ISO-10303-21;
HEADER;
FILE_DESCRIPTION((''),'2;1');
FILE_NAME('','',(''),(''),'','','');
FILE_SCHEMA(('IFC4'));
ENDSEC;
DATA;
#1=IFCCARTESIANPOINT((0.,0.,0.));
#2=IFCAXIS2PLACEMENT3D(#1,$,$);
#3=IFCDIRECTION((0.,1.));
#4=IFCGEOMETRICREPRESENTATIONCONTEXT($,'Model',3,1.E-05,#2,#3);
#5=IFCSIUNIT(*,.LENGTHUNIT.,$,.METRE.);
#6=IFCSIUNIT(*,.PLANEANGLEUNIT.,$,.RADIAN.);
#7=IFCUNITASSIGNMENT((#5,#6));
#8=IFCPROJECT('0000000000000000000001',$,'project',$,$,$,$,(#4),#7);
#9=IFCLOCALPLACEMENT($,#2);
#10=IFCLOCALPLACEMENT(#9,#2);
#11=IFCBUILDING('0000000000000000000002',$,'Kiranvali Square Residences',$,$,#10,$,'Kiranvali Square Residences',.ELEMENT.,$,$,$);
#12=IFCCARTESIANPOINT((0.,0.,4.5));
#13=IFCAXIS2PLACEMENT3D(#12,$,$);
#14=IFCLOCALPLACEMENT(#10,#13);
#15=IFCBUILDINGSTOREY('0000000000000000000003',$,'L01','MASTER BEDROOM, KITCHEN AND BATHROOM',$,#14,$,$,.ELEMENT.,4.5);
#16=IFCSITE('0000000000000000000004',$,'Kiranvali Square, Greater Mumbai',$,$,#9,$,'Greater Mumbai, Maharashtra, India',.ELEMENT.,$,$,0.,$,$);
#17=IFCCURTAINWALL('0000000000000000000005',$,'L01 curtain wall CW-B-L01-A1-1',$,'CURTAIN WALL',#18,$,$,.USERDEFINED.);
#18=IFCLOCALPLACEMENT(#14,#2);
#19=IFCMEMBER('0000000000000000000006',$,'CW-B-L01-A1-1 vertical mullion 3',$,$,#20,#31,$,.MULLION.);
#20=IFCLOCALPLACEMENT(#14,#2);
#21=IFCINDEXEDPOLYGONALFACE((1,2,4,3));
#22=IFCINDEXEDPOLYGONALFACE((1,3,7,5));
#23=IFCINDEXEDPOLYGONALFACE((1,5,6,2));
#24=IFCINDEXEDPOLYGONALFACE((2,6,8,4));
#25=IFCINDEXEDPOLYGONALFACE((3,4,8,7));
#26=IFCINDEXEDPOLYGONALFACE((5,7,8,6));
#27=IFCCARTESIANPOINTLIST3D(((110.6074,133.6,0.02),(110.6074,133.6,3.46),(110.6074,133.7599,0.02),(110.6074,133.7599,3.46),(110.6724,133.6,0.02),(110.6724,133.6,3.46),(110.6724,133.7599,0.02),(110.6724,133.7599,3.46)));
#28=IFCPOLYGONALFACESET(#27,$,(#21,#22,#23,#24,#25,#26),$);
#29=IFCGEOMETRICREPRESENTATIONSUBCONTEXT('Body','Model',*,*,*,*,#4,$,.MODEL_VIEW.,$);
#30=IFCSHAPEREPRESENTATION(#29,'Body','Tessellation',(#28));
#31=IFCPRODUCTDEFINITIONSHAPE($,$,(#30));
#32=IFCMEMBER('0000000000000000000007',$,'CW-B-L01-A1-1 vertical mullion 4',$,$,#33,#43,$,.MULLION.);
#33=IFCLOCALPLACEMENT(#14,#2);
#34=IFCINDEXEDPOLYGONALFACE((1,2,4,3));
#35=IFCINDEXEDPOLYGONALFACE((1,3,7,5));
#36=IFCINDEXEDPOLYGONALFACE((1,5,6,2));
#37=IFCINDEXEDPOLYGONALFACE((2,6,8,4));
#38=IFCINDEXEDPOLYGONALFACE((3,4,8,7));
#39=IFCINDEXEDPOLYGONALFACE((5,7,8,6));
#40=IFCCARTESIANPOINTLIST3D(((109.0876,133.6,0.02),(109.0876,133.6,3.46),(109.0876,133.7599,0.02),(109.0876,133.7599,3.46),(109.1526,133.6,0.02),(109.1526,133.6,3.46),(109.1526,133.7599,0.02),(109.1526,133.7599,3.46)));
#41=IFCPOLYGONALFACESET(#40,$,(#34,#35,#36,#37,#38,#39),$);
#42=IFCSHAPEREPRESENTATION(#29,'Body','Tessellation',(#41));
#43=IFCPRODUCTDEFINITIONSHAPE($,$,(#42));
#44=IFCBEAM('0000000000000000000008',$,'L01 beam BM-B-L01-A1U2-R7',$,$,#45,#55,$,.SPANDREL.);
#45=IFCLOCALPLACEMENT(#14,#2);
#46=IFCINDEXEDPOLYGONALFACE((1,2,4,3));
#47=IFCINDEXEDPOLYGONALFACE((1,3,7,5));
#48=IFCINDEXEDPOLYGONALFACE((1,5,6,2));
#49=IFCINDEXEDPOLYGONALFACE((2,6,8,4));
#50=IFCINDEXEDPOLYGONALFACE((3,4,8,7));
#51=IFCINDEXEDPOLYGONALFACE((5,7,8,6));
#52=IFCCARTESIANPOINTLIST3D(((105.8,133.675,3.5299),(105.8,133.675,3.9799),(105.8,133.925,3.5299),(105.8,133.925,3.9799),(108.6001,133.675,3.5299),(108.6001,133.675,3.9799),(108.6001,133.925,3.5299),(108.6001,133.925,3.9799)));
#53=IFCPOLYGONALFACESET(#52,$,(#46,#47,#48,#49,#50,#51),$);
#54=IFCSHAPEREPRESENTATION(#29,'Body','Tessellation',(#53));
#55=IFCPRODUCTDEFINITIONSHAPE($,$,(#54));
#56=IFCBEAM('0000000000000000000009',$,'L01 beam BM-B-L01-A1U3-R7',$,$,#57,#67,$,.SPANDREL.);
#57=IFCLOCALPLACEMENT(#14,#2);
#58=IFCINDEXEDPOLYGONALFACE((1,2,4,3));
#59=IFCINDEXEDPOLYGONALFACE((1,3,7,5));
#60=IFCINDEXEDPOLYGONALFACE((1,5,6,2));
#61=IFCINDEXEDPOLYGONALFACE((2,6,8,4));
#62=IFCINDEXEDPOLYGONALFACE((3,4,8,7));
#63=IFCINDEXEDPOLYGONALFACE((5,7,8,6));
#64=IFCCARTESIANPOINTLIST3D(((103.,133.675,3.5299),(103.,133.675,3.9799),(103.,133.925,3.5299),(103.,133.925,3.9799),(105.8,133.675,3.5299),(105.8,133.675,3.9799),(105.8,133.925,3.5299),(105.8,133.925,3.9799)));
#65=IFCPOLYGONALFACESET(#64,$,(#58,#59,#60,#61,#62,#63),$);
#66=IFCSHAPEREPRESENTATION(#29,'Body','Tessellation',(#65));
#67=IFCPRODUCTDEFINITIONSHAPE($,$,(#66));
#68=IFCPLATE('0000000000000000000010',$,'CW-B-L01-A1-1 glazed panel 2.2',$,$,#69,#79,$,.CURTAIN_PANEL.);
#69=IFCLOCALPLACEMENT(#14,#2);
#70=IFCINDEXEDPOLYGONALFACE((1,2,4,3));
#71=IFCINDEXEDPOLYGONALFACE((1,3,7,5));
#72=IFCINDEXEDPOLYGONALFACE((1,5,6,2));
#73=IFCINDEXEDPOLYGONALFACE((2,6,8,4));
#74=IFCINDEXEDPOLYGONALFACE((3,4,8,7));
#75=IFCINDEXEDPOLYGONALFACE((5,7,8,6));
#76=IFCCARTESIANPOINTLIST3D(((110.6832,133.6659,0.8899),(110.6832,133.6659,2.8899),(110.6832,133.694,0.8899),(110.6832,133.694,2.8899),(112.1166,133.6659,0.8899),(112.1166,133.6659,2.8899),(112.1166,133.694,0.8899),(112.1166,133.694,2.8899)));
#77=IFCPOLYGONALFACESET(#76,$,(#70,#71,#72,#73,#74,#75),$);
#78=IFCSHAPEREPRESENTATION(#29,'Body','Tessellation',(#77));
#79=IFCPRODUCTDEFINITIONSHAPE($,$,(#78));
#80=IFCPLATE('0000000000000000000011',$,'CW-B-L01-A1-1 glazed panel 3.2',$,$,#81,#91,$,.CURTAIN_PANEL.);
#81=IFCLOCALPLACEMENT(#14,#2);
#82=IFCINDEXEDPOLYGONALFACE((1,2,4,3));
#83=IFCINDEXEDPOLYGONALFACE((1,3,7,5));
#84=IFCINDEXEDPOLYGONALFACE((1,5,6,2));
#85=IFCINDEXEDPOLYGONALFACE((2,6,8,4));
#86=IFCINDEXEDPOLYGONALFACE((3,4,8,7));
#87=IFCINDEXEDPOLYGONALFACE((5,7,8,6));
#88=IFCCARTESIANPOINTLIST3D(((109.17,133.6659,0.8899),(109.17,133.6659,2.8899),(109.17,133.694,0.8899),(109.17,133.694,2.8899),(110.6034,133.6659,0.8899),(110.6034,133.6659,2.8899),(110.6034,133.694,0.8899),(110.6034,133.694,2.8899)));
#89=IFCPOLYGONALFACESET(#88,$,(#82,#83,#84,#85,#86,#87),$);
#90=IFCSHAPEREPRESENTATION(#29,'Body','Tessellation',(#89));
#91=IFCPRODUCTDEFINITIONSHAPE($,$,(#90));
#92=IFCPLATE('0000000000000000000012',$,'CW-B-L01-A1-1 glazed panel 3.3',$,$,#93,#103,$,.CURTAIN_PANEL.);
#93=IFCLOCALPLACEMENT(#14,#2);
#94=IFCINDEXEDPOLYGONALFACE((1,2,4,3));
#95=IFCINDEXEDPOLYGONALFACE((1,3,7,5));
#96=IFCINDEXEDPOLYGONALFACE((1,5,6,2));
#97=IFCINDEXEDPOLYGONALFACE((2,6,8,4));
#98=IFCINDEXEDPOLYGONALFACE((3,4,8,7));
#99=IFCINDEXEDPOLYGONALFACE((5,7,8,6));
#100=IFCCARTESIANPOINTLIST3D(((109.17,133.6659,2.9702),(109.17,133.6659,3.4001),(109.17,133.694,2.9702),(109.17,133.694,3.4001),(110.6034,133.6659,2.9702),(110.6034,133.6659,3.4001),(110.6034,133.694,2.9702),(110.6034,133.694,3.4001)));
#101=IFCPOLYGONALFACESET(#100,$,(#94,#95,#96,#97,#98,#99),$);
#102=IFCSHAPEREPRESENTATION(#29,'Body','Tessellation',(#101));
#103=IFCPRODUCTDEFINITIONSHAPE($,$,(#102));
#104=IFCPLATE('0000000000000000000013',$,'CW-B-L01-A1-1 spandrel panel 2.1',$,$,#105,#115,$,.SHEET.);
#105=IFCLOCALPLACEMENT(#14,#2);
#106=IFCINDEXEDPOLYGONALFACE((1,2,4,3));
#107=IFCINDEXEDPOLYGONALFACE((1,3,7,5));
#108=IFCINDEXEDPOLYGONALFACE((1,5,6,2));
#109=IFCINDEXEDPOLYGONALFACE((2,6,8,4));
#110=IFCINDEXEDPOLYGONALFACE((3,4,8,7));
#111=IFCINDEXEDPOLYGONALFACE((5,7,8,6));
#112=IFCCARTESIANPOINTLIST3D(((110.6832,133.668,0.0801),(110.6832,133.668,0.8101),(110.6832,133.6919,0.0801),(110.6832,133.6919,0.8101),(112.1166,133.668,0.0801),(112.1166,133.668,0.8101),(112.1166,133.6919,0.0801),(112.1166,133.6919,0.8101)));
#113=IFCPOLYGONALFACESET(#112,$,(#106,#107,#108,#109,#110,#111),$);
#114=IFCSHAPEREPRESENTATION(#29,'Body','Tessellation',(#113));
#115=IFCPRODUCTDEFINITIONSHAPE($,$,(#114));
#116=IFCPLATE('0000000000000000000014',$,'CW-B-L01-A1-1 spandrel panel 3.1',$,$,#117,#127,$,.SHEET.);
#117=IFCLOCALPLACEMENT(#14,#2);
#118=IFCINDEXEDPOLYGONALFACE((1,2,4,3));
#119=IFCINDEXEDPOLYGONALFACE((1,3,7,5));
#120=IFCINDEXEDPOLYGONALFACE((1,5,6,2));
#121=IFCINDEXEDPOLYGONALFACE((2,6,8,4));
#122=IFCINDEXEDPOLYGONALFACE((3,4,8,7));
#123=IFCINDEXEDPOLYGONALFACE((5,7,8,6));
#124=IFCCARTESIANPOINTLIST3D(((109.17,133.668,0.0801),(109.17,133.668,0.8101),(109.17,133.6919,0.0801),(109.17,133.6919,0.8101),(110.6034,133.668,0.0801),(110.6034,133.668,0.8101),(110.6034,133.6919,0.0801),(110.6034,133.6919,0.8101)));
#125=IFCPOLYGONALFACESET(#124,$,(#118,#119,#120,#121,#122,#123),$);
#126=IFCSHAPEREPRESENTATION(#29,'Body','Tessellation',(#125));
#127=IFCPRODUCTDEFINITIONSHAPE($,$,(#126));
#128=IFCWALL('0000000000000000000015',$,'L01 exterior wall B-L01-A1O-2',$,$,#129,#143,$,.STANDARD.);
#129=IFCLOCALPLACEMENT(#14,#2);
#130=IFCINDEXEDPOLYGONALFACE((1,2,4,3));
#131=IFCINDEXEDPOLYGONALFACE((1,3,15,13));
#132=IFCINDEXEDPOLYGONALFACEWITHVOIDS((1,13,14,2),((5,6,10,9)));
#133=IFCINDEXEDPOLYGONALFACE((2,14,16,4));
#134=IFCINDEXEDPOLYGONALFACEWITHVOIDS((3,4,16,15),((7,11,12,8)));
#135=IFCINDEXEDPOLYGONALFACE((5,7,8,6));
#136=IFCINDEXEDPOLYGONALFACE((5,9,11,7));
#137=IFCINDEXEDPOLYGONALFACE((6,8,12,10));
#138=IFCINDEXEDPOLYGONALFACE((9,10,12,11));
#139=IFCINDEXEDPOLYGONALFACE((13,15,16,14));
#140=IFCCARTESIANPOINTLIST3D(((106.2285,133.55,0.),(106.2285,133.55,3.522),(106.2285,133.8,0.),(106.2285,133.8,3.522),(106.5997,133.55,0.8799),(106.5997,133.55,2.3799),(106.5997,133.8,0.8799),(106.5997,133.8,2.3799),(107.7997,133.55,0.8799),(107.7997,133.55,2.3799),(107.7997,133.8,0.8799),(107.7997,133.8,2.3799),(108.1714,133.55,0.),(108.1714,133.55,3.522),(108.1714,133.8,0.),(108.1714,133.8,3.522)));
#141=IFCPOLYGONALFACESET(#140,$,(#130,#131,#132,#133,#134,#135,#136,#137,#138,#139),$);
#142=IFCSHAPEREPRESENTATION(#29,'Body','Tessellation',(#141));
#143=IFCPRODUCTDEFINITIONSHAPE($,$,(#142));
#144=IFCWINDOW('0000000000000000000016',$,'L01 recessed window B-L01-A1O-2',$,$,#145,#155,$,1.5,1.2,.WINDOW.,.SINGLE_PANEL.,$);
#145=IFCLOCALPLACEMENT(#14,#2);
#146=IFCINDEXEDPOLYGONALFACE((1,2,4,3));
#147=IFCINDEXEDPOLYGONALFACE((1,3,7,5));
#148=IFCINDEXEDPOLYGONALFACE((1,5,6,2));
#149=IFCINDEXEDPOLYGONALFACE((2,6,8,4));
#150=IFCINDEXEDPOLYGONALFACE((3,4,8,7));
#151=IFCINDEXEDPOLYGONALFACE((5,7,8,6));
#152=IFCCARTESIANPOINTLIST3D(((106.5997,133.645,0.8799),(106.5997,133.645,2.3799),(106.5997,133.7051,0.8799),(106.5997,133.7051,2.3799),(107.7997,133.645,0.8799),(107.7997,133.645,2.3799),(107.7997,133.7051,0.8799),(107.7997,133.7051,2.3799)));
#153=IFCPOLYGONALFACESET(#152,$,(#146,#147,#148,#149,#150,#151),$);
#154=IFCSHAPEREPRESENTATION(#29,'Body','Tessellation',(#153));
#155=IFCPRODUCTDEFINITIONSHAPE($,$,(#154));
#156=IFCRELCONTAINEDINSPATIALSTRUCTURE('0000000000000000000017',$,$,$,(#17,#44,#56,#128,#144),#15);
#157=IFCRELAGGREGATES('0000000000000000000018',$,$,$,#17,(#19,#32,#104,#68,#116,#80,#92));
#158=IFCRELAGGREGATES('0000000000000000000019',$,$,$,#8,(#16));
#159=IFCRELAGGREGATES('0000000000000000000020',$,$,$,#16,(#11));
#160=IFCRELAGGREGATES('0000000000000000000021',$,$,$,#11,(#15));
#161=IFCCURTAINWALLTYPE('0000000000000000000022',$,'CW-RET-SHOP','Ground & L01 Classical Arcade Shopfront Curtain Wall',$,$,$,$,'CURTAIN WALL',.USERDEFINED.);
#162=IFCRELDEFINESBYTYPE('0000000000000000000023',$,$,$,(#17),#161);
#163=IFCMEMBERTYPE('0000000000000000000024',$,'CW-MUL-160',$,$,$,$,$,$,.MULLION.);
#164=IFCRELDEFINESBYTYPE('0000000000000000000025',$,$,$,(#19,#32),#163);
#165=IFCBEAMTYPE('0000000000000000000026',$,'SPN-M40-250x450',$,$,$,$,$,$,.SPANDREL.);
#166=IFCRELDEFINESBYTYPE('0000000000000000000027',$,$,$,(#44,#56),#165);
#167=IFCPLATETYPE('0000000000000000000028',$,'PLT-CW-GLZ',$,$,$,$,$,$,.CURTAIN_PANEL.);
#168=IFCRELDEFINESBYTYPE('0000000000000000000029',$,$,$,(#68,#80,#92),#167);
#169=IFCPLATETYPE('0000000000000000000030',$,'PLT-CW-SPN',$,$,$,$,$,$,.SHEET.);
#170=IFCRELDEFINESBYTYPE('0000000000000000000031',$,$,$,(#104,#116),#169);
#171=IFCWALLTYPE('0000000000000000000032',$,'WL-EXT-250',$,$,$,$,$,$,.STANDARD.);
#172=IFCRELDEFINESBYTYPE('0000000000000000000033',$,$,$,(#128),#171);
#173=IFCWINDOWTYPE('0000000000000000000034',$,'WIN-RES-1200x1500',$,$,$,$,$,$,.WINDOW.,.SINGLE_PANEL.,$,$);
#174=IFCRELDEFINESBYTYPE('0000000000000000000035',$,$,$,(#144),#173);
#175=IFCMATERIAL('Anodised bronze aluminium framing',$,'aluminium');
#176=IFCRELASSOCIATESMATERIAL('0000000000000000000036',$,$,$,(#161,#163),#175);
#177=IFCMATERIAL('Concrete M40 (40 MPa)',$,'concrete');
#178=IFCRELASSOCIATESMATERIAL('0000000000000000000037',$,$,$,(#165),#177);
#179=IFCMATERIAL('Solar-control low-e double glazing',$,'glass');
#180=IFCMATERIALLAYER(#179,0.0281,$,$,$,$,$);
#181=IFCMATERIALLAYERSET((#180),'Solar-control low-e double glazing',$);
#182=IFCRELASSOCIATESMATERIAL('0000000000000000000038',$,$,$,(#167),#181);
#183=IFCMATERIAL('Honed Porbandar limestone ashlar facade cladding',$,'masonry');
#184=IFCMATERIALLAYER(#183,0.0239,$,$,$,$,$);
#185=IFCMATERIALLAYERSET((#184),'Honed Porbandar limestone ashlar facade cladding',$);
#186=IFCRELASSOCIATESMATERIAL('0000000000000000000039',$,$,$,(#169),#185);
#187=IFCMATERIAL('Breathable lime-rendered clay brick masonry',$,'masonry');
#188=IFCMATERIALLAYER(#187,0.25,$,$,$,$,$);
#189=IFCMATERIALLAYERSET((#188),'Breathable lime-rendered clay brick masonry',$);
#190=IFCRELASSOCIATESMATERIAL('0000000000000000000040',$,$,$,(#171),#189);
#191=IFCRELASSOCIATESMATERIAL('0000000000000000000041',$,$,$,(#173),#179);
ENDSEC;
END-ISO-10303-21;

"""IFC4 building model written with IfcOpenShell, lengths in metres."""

from ifc_helpers import new_model, si_unit, direction, frame, frame_2d, origin, origin_2d, place, context, subcontext, project, spatial, rectangle, extrude, material, layer, layer_set, material_profile, profile_set, type_object, element, fill, aggregate, save


model = new_model("IFC4")

# Units and contexts
model_context = context("Model", 3, precision=1e-05, world=origin(), true_north=direction((0.0, 1.0)))
body_context = subcontext(model_context, "Body", "Model", "MODEL_VIEW")
ifc_project = project(units=[si_unit("LENGTHUNIT", "METRE"), si_unit("PLANEANGLEUNIT", "RADIAN")], contexts=[model_context])

# Site, building, storey
site_placement = place(None, origin())
site = spatial("IfcSite", under=ifc_project, at=site_placement, Name="Kiranvali Square, Greater Mumbai", LongName="Greater Mumbai, Maharashtra, India", CompositionType="ELEMENT", RefElevation=0.0)
building_placement = place(site_placement, origin())
building = spatial("IfcBuilding", under=site, at=building_placement, Name="Kiranvali Square Residences", LongName="Kiranvali Square Residences", CompositionType="ELEMENT")
storey_placement = place(building_placement, frame((0.0, 0.0, 4.5)))
storey = spatial("IfcBuildingStorey", under=building, at=storey_placement, Name="L01", Description="MASTER BEDROOM, KITCHEN AND BATHROOM", CompositionType="ELEMENT", Elevation=4.5)

# Shared definitions
ifc_material_1 = material(Name="Concrete M40 (40 MPa)", Category="concrete")

# Curtain wall, members
ifc_material_2 = material(Name="Anodised bronze aluminium framing", Category="aluminium")
curtain_wall_type = type_object("IfcCurtainWallType", Name="CW-RET-SHOP", Description="Ground & L01 Classical Arcade Shopfront Curtain Wall", ElementType="CURTAIN WALL", PredefinedType="USERDEFINED", material=ifc_material_2)
curtain_wall_placement = place(storey_placement, origin())
curtain_wall = element("IfcCurtainWall", 1, at=curtain_wall_placement, inside=storey, type_object=curtain_wall_type, Name="L01 curtain wall CW-B-L01-A1-1", ObjectType="CURTAIN WALL", PredefinedType="USERDEFINED")
ifc_material_profile_1 = material_profile(ifc_material_2, rectangle(XDim=0.0649, YDim=0.1599, at=origin_2d()), Name="ALU 65x160")
ifc_profile_set_1 = profile_set([ifc_material_profile_1], Name="Anodised bronze aluminium framing")
member_type = type_object("IfcMemberType", Name="CW-MUL-160", PredefinedType="MULLION", material=ifc_profile_set_1)
member_1_placement = place(storey_placement, frame((110.6399, 133.6799, 0.02), z_axis=(0.0, 0.0, 1.0), x_axis=(-1.0, 0.0, 0.0)))
member_1 = element("IfcMember", 2, at=member_1_placement, type_object=member_type, Name="CW-B-L01-A1-1 vertical mullion 3", PredefinedType="MULLION", context=body_context, shape_type="SweptSolid", body=[
    extrude(rectangle(XDim=0.0649, YDim=0.1599, at=origin_2d()), origin(), (0.0, 0.0, 1.0), 3.4399),
])
member_2_placement = place(storey_placement, frame((109.1201, 133.6799, 0.02), z_axis=(0.0, 0.0, 1.0), x_axis=(-1.0, 0.0, 0.0)))
member_2 = element("IfcMember", 3, at=member_2_placement, type_object=member_type, Name="CW-B-L01-A1-1 vertical mullion 4", PredefinedType="MULLION", context=body_context, shape_type="SweptSolid", body=[
    extrude(rectangle(XDim=0.0649, YDim=0.1599, at=origin_2d()), origin(), (0.0, 0.0, 1.0), 3.4399),
])

# Beams
ifc_material_profile_2 = material_profile(ifc_material_1, rectangle(XDim=0.25, YDim=0.45, at=origin_2d()), Name="RC 250x450")
ifc_profile_set_2 = profile_set([ifc_material_profile_2], Name="Concrete M40 (40 MPa)")
beam_type_1 = type_object("IfcBeamType", Name="SPN-M40-250x450", PredefinedType="SPANDREL", material=ifc_profile_set_2)
for number, where, z_axis, x_axis, name in (
    (4, (108.6001, 133.8, 3.7549), (-1.0, 0.0, 0.0), (0.0, -1.0, 0.0), "L01 beam BM-B-L01-A1U2-R7"),
    (5, (105.8, 133.8, 3.7549), (-1.0, 0.0, 0.0), (0.0, -1.0, 0.0), "L01 beam BM-B-L01-A1U3-R7"),
):
    element("IfcBeam", number, at=place(storey_placement, frame(where, z_axis=z_axis, x_axis=x_axis)), inside=storey, type_object=beam_type_1, Name=name, PredefinedType="SPANDREL", context=body_context, shape_type="SweptSolid", body=[
        extrude(rectangle(XDim=0.25, YDim=0.45, at=origin_2d()), origin(), (0.0, 0.0, 1.0), 2.8),
    ])

# Plates
ifc_material_3 = material(Name="Solar-control low-e double glazing", Category="glass")
ifc_layer_1 = layer(ifc_material_3, 0.0281)
ifc_layer_set_1 = layer_set([ifc_layer_1], Name="Solar-control low-e double glazing")
plate_type_1 = type_object("IfcPlateType", Name="PLT-CW-GLZ", PredefinedType="CURTAIN_PANEL", material=ifc_layer_set_1)
plate_1_placement = place(storey_placement, frame((111.3999, 133.6799, 0.8899), z_axis=(0.0, 0.0, 1.0), x_axis=(-1.0, 0.0, 0.0)))
plate_1 = element("IfcPlate", 6, at=plate_1_placement, type_object=plate_type_1, Name="CW-B-L01-A1-1 glazed panel 2.2", PredefinedType="CURTAIN_PANEL", context=body_context, shape_type="SweptSolid", body=[
    extrude(rectangle(XDim=1.4333, YDim=0.0281, at=origin_2d()), origin(), (0.0, 0.0, 1.0), 2.0),
])
plate_2_placement = place(storey_placement, frame((109.8867, 133.6799, 0.8899), z_axis=(0.0, 0.0, 1.0), x_axis=(-1.0, 0.0, 0.0)))
plate_2 = element("IfcPlate", 7, at=plate_2_placement, type_object=plate_type_1, Name="CW-B-L01-A1-1 glazed panel 3.2", PredefinedType="CURTAIN_PANEL", context=body_context, shape_type="SweptSolid", body=[
    extrude(rectangle(XDim=1.4333, YDim=0.0281, at=origin_2d()), origin(), (0.0, 0.0, 1.0), 2.0),
])
plate_3_placement = place(storey_placement, frame((109.8867, 133.6799, 2.9702), z_axis=(0.0, 0.0, 1.0), x_axis=(-1.0, 0.0, 0.0)))
plate_3 = element("IfcPlate", 8, at=plate_3_placement, type_object=plate_type_1, Name="CW-B-L01-A1-1 glazed panel 3.3", PredefinedType="CURTAIN_PANEL", context=body_context, shape_type="SweptSolid", body=[
    extrude(rectangle(XDim=1.4333, YDim=0.0281, at=origin_2d()), origin(), (0.0, 0.0, 1.0), 0.4299),
])
ifc_material_4 = material(Name="Honed Porbandar limestone ashlar facade cladding", Category="masonry")
ifc_layer_2 = layer(ifc_material_4, 0.0239)
ifc_layer_set_2 = layer_set([ifc_layer_2], Name="Honed Porbandar limestone ashlar facade cladding")
plate_type_2 = type_object("IfcPlateType", Name="PLT-CW-SPN", PredefinedType="SHEET", material=ifc_layer_set_2)
plate_4_placement = place(storey_placement, frame((111.3999, 133.6799, 0.0801), z_axis=(0.0, 0.0, 1.0), x_axis=(-1.0, 0.0, 0.0)))
plate_4 = element("IfcPlate", 9, at=plate_4_placement, type_object=plate_type_2, Name="CW-B-L01-A1-1 spandrel panel 2.1", PredefinedType="SHEET", context=body_context, shape_type="SweptSolid", body=[
    extrude(rectangle(XDim=1.4333, YDim=0.0239, at=origin_2d()), origin(), (0.0, 0.0, 1.0), 0.73),
])
plate_5_placement = place(storey_placement, frame((109.8867, 133.6799, 0.0801), z_axis=(0.0, 0.0, 1.0), x_axis=(-1.0, 0.0, 0.0)))
plate_5 = element("IfcPlate", 10, at=plate_5_placement, type_object=plate_type_2, Name="CW-B-L01-A1-1 spandrel panel 3.1", PredefinedType="SHEET", context=body_context, shape_type="SweptSolid", body=[
    extrude(rectangle(XDim=1.4333, YDim=0.0239, at=origin_2d()), origin(), (0.0, 0.0, 1.0), 0.73),
])
aggregate(curtain_wall, [member_1, member_2, plate_4, plate_1, plate_5, plate_2, plate_3])

# Wall, opening, window
ifc_material_5 = material(Name="Breathable lime-rendered clay brick masonry", Category="masonry")
ifc_layer_3 = layer(ifc_material_5, 0.25)
ifc_layer_set_3 = layer_set([ifc_layer_3], Name="Breathable lime-rendered clay brick masonry")
wall_type_1 = type_object("IfcWallType", Name="WL-EXT-250", PredefinedType="STANDARD", material=ifc_layer_set_3)
wall_1_placement = place(storey_placement, frame((108.1714, 133.675, 0.0), z_axis=(0.0, 0.0, 1.0), x_axis=(-1.0, 0.0, 0.0)))
wall_1 = element("IfcWall", 11, at=wall_1_placement, inside=storey, type_object=wall_type_1, Name="L01 exterior wall B-L01-A1O-2", PredefinedType="STANDARD", context=body_context, shape_type="SweptSolid", body=[
    extrude(rectangle(XDim=1.9429, YDim=0.25, at=frame_2d((0.9714, 0.0))), origin(), (0.0, 0.0, 1.0), 3.522),
])
opening_1_placement = place(wall_1_placement, frame((0.3716, 0.0, 0.8799)))
opening_1 = element("IfcOpeningElement", 12, at=opening_1_placement, cuts=wall_1, PredefinedType="OPENING", context=body_context, shape_type="SweptSolid", body=[
    extrude(rectangle(XDim=1.2, YDim=1.5, at=frame_2d((0.6001, 0.75))), frame((0.0, 0.135, 0.0), z_axis=(0.0, -1.0, 0.0), x_axis=(1.0, 0.0, 0.0)), (0.0, 0.0, 1.0), 0.27),
])
window_type = type_object("IfcWindowType", Name="WIN-RES-1200x1500", PartitioningType="SINGLE_PANEL", PredefinedType="WINDOW", material=ifc_material_3)
window_placement = place(opening_1_placement, origin())
window = element("IfcWindow", 13, at=window_placement, inside=storey, type_object=window_type, Name="L01 recessed window B-L01-A1O-2", OverallHeight=1.5, OverallWidth=1.2, PartitioningType="SINGLE_PANEL", PredefinedType="WINDOW", context=body_context, shape_type="SweptSolid", body=[
    extrude(rectangle(XDim=1.2, YDim=1.5, at=frame_2d((0.6001, 0.75))), frame((0.0, 0.03, 0.0), z_axis=(0.0, -1.0, 0.0), x_axis=(1.0, 0.0, 0.0)), (0.0, 0.0, 1.0), 0.0601),
])
fill(opening_1, window)

save(model, "model.ifc")
